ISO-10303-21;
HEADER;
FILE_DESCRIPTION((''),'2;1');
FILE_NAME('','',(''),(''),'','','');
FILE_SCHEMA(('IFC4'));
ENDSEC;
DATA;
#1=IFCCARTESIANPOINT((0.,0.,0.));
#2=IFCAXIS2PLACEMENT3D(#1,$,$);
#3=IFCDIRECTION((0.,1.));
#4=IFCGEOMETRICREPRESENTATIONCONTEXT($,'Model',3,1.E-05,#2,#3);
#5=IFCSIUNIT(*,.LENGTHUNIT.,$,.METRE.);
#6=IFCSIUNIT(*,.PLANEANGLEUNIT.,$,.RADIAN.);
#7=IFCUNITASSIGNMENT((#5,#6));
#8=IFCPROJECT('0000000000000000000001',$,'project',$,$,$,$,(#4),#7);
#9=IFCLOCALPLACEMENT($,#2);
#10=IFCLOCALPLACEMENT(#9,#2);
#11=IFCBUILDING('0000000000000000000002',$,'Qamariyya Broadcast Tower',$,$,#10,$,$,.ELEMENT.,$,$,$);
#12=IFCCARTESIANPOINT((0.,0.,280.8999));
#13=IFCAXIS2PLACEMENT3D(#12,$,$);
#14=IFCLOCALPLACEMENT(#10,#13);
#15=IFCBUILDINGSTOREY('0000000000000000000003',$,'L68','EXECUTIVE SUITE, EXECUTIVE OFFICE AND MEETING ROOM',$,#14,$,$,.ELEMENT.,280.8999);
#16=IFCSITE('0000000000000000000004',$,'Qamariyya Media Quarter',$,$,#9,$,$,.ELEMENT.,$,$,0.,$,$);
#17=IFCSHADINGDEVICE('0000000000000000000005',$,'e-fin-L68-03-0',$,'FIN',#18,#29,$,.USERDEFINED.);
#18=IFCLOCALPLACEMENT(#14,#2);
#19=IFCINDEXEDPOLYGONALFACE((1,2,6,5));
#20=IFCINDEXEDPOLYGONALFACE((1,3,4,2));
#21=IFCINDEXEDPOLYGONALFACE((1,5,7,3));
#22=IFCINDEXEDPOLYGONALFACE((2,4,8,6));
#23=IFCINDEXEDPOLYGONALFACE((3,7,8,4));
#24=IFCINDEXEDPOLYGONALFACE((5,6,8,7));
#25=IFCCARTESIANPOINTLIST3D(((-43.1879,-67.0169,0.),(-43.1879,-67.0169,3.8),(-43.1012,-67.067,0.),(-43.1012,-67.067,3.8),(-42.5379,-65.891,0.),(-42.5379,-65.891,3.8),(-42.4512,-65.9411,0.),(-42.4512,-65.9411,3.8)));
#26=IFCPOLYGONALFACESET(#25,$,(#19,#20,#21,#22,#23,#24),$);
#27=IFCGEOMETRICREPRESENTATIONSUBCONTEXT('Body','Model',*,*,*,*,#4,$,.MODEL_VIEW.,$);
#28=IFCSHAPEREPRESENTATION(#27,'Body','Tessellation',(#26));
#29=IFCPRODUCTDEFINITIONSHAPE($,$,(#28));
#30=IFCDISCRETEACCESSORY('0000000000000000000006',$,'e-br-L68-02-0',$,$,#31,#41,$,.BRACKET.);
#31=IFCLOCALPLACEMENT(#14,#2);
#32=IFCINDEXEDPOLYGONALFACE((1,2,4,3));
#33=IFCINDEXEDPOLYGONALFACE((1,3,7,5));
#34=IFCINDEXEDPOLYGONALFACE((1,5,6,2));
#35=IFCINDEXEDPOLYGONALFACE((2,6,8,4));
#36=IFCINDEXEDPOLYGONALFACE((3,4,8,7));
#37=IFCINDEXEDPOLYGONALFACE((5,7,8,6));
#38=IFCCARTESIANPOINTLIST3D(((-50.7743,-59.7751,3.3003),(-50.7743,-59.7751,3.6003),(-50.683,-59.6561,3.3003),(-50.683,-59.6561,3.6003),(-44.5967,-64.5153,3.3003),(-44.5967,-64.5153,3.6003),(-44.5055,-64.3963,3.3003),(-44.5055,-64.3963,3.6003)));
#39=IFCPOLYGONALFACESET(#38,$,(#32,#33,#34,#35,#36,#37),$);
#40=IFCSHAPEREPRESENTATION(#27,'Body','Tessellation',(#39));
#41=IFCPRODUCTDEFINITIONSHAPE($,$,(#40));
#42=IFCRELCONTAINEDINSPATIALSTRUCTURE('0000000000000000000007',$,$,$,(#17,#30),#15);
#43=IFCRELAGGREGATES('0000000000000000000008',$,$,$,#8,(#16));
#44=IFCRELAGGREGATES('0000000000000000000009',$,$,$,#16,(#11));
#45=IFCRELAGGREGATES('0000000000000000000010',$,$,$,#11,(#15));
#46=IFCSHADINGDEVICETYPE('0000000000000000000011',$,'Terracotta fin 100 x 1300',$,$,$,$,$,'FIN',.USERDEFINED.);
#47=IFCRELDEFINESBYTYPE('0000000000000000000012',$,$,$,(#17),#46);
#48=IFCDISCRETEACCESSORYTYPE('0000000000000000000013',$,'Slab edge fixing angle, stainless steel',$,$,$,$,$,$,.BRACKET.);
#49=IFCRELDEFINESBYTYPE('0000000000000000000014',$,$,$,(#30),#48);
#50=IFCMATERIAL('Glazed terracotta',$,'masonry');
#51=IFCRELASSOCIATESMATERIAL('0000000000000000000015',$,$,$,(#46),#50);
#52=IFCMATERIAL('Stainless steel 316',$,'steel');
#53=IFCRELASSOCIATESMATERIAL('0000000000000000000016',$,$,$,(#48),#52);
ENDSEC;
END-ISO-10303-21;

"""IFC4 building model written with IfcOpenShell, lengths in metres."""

from ifc_helpers import new_model, si_unit, direction, frame, origin, origin_2d, place, context, subcontext, project, spatial, rectangle, extrude, material, material_profile, profile_set, type_object, element, save


model = new_model("IFC4")

# Units and contexts
model_context = context("Model", 3, precision=1e-05, world=origin(), true_north=direction((0.0, 1.0)))
body_context = subcontext(model_context, "Body", "Model", "MODEL_VIEW")
ifc_project = project(units=[si_unit("LENGTHUNIT", "METRE"), si_unit("PLANEANGLEUNIT", "RADIAN")], contexts=[model_context])

# Site, building, storey
site_placement = place(None, origin())
site = spatial("IfcSite", under=ifc_project, at=site_placement, Name="Qamariyya Media Quarter", CompositionType="ELEMENT", RefElevation=0.0)
building_placement = place(site_placement, origin())
building = spatial("IfcBuilding", under=site, at=building_placement, Name="Qamariyya Broadcast Tower", CompositionType="ELEMENT")
storey_placement = place(building_placement, frame((0.0, 0.0, 280.8999)))
storey = spatial("IfcBuildingStorey", under=building, at=storey_placement, Name="L68", Description="EXECUTIVE SUITE, EXECUTIVE OFFICE AND MEETING ROOM", CompositionType="ELEMENT", Elevation=280.8999)

# Shading device
ifc_material_1 = material(Name="Glazed terracotta", Category="masonry")
ifc_material_profile_1 = material_profile(ifc_material_1, rectangle(XDim=1.3, YDim=0.1001, at=origin_2d()))
ifc_profile_set_1 = profile_set([ifc_material_profile_1], Name="Glazed terracotta")
shading_device_type_1 = type_object("IfcShadingDeviceType", Name="Terracotta fin 100 x 1300", ElementType="FIN", PredefinedType="USERDEFINED", material=ifc_profile_set_1)
for number, where, z_axis, x_axis, name in (
    (1, (-42.8196, -66.479, 0.0), (0.0, 0.0, 1.0), (-0.5, -0.866025, 0.0), "e-fin-L68-03-0"),
):
    element("IfcShadingDevice", number, at=place(storey_placement, frame(where, z_axis=z_axis, x_axis=x_axis)), inside=storey, type_object=shading_device_type_1, Name=name, ObjectType="FIN", PredefinedType="USERDEFINED", context=body_context, shape_type="SweptSolid", body=[
        extrude(rectangle(XDim=1.3, YDim=0.1001, at=origin_2d()), origin(), (0.0, 0.0, 1.0), 3.8),
    ])

# Discrete accessory
ifc_material_2 = material(Name="Stainless steel 316", Category="steel")
discrete_accessory_type = type_object("IfcDiscreteAccessoryType", Name="Slab edge fixing angle, stainless steel", PredefinedType="BRACKET", material=ifc_material_2)
discrete_accessory_placement = place(storey_placement, frame((-47.6399, -62.0857, 3.3003), z_axis=(0.0, 0.0, 1.0), x_axis=(0.793353, -0.608761, 0.0)))
element("IfcDiscreteAccessory", 2, at=discrete_accessory_placement, inside=storey, type_object=discrete_accessory_type, Name="e-br-L68-02-0", PredefinedType="BRACKET", context=body_context, shape_type="SweptSolid", body=[
    extrude(rectangle(XDim=7.7866, YDim=0.1499, at=origin_2d()), origin(), (0.0, 0.0, 1.0), 0.3),
])

save(model, "model.ifc")
